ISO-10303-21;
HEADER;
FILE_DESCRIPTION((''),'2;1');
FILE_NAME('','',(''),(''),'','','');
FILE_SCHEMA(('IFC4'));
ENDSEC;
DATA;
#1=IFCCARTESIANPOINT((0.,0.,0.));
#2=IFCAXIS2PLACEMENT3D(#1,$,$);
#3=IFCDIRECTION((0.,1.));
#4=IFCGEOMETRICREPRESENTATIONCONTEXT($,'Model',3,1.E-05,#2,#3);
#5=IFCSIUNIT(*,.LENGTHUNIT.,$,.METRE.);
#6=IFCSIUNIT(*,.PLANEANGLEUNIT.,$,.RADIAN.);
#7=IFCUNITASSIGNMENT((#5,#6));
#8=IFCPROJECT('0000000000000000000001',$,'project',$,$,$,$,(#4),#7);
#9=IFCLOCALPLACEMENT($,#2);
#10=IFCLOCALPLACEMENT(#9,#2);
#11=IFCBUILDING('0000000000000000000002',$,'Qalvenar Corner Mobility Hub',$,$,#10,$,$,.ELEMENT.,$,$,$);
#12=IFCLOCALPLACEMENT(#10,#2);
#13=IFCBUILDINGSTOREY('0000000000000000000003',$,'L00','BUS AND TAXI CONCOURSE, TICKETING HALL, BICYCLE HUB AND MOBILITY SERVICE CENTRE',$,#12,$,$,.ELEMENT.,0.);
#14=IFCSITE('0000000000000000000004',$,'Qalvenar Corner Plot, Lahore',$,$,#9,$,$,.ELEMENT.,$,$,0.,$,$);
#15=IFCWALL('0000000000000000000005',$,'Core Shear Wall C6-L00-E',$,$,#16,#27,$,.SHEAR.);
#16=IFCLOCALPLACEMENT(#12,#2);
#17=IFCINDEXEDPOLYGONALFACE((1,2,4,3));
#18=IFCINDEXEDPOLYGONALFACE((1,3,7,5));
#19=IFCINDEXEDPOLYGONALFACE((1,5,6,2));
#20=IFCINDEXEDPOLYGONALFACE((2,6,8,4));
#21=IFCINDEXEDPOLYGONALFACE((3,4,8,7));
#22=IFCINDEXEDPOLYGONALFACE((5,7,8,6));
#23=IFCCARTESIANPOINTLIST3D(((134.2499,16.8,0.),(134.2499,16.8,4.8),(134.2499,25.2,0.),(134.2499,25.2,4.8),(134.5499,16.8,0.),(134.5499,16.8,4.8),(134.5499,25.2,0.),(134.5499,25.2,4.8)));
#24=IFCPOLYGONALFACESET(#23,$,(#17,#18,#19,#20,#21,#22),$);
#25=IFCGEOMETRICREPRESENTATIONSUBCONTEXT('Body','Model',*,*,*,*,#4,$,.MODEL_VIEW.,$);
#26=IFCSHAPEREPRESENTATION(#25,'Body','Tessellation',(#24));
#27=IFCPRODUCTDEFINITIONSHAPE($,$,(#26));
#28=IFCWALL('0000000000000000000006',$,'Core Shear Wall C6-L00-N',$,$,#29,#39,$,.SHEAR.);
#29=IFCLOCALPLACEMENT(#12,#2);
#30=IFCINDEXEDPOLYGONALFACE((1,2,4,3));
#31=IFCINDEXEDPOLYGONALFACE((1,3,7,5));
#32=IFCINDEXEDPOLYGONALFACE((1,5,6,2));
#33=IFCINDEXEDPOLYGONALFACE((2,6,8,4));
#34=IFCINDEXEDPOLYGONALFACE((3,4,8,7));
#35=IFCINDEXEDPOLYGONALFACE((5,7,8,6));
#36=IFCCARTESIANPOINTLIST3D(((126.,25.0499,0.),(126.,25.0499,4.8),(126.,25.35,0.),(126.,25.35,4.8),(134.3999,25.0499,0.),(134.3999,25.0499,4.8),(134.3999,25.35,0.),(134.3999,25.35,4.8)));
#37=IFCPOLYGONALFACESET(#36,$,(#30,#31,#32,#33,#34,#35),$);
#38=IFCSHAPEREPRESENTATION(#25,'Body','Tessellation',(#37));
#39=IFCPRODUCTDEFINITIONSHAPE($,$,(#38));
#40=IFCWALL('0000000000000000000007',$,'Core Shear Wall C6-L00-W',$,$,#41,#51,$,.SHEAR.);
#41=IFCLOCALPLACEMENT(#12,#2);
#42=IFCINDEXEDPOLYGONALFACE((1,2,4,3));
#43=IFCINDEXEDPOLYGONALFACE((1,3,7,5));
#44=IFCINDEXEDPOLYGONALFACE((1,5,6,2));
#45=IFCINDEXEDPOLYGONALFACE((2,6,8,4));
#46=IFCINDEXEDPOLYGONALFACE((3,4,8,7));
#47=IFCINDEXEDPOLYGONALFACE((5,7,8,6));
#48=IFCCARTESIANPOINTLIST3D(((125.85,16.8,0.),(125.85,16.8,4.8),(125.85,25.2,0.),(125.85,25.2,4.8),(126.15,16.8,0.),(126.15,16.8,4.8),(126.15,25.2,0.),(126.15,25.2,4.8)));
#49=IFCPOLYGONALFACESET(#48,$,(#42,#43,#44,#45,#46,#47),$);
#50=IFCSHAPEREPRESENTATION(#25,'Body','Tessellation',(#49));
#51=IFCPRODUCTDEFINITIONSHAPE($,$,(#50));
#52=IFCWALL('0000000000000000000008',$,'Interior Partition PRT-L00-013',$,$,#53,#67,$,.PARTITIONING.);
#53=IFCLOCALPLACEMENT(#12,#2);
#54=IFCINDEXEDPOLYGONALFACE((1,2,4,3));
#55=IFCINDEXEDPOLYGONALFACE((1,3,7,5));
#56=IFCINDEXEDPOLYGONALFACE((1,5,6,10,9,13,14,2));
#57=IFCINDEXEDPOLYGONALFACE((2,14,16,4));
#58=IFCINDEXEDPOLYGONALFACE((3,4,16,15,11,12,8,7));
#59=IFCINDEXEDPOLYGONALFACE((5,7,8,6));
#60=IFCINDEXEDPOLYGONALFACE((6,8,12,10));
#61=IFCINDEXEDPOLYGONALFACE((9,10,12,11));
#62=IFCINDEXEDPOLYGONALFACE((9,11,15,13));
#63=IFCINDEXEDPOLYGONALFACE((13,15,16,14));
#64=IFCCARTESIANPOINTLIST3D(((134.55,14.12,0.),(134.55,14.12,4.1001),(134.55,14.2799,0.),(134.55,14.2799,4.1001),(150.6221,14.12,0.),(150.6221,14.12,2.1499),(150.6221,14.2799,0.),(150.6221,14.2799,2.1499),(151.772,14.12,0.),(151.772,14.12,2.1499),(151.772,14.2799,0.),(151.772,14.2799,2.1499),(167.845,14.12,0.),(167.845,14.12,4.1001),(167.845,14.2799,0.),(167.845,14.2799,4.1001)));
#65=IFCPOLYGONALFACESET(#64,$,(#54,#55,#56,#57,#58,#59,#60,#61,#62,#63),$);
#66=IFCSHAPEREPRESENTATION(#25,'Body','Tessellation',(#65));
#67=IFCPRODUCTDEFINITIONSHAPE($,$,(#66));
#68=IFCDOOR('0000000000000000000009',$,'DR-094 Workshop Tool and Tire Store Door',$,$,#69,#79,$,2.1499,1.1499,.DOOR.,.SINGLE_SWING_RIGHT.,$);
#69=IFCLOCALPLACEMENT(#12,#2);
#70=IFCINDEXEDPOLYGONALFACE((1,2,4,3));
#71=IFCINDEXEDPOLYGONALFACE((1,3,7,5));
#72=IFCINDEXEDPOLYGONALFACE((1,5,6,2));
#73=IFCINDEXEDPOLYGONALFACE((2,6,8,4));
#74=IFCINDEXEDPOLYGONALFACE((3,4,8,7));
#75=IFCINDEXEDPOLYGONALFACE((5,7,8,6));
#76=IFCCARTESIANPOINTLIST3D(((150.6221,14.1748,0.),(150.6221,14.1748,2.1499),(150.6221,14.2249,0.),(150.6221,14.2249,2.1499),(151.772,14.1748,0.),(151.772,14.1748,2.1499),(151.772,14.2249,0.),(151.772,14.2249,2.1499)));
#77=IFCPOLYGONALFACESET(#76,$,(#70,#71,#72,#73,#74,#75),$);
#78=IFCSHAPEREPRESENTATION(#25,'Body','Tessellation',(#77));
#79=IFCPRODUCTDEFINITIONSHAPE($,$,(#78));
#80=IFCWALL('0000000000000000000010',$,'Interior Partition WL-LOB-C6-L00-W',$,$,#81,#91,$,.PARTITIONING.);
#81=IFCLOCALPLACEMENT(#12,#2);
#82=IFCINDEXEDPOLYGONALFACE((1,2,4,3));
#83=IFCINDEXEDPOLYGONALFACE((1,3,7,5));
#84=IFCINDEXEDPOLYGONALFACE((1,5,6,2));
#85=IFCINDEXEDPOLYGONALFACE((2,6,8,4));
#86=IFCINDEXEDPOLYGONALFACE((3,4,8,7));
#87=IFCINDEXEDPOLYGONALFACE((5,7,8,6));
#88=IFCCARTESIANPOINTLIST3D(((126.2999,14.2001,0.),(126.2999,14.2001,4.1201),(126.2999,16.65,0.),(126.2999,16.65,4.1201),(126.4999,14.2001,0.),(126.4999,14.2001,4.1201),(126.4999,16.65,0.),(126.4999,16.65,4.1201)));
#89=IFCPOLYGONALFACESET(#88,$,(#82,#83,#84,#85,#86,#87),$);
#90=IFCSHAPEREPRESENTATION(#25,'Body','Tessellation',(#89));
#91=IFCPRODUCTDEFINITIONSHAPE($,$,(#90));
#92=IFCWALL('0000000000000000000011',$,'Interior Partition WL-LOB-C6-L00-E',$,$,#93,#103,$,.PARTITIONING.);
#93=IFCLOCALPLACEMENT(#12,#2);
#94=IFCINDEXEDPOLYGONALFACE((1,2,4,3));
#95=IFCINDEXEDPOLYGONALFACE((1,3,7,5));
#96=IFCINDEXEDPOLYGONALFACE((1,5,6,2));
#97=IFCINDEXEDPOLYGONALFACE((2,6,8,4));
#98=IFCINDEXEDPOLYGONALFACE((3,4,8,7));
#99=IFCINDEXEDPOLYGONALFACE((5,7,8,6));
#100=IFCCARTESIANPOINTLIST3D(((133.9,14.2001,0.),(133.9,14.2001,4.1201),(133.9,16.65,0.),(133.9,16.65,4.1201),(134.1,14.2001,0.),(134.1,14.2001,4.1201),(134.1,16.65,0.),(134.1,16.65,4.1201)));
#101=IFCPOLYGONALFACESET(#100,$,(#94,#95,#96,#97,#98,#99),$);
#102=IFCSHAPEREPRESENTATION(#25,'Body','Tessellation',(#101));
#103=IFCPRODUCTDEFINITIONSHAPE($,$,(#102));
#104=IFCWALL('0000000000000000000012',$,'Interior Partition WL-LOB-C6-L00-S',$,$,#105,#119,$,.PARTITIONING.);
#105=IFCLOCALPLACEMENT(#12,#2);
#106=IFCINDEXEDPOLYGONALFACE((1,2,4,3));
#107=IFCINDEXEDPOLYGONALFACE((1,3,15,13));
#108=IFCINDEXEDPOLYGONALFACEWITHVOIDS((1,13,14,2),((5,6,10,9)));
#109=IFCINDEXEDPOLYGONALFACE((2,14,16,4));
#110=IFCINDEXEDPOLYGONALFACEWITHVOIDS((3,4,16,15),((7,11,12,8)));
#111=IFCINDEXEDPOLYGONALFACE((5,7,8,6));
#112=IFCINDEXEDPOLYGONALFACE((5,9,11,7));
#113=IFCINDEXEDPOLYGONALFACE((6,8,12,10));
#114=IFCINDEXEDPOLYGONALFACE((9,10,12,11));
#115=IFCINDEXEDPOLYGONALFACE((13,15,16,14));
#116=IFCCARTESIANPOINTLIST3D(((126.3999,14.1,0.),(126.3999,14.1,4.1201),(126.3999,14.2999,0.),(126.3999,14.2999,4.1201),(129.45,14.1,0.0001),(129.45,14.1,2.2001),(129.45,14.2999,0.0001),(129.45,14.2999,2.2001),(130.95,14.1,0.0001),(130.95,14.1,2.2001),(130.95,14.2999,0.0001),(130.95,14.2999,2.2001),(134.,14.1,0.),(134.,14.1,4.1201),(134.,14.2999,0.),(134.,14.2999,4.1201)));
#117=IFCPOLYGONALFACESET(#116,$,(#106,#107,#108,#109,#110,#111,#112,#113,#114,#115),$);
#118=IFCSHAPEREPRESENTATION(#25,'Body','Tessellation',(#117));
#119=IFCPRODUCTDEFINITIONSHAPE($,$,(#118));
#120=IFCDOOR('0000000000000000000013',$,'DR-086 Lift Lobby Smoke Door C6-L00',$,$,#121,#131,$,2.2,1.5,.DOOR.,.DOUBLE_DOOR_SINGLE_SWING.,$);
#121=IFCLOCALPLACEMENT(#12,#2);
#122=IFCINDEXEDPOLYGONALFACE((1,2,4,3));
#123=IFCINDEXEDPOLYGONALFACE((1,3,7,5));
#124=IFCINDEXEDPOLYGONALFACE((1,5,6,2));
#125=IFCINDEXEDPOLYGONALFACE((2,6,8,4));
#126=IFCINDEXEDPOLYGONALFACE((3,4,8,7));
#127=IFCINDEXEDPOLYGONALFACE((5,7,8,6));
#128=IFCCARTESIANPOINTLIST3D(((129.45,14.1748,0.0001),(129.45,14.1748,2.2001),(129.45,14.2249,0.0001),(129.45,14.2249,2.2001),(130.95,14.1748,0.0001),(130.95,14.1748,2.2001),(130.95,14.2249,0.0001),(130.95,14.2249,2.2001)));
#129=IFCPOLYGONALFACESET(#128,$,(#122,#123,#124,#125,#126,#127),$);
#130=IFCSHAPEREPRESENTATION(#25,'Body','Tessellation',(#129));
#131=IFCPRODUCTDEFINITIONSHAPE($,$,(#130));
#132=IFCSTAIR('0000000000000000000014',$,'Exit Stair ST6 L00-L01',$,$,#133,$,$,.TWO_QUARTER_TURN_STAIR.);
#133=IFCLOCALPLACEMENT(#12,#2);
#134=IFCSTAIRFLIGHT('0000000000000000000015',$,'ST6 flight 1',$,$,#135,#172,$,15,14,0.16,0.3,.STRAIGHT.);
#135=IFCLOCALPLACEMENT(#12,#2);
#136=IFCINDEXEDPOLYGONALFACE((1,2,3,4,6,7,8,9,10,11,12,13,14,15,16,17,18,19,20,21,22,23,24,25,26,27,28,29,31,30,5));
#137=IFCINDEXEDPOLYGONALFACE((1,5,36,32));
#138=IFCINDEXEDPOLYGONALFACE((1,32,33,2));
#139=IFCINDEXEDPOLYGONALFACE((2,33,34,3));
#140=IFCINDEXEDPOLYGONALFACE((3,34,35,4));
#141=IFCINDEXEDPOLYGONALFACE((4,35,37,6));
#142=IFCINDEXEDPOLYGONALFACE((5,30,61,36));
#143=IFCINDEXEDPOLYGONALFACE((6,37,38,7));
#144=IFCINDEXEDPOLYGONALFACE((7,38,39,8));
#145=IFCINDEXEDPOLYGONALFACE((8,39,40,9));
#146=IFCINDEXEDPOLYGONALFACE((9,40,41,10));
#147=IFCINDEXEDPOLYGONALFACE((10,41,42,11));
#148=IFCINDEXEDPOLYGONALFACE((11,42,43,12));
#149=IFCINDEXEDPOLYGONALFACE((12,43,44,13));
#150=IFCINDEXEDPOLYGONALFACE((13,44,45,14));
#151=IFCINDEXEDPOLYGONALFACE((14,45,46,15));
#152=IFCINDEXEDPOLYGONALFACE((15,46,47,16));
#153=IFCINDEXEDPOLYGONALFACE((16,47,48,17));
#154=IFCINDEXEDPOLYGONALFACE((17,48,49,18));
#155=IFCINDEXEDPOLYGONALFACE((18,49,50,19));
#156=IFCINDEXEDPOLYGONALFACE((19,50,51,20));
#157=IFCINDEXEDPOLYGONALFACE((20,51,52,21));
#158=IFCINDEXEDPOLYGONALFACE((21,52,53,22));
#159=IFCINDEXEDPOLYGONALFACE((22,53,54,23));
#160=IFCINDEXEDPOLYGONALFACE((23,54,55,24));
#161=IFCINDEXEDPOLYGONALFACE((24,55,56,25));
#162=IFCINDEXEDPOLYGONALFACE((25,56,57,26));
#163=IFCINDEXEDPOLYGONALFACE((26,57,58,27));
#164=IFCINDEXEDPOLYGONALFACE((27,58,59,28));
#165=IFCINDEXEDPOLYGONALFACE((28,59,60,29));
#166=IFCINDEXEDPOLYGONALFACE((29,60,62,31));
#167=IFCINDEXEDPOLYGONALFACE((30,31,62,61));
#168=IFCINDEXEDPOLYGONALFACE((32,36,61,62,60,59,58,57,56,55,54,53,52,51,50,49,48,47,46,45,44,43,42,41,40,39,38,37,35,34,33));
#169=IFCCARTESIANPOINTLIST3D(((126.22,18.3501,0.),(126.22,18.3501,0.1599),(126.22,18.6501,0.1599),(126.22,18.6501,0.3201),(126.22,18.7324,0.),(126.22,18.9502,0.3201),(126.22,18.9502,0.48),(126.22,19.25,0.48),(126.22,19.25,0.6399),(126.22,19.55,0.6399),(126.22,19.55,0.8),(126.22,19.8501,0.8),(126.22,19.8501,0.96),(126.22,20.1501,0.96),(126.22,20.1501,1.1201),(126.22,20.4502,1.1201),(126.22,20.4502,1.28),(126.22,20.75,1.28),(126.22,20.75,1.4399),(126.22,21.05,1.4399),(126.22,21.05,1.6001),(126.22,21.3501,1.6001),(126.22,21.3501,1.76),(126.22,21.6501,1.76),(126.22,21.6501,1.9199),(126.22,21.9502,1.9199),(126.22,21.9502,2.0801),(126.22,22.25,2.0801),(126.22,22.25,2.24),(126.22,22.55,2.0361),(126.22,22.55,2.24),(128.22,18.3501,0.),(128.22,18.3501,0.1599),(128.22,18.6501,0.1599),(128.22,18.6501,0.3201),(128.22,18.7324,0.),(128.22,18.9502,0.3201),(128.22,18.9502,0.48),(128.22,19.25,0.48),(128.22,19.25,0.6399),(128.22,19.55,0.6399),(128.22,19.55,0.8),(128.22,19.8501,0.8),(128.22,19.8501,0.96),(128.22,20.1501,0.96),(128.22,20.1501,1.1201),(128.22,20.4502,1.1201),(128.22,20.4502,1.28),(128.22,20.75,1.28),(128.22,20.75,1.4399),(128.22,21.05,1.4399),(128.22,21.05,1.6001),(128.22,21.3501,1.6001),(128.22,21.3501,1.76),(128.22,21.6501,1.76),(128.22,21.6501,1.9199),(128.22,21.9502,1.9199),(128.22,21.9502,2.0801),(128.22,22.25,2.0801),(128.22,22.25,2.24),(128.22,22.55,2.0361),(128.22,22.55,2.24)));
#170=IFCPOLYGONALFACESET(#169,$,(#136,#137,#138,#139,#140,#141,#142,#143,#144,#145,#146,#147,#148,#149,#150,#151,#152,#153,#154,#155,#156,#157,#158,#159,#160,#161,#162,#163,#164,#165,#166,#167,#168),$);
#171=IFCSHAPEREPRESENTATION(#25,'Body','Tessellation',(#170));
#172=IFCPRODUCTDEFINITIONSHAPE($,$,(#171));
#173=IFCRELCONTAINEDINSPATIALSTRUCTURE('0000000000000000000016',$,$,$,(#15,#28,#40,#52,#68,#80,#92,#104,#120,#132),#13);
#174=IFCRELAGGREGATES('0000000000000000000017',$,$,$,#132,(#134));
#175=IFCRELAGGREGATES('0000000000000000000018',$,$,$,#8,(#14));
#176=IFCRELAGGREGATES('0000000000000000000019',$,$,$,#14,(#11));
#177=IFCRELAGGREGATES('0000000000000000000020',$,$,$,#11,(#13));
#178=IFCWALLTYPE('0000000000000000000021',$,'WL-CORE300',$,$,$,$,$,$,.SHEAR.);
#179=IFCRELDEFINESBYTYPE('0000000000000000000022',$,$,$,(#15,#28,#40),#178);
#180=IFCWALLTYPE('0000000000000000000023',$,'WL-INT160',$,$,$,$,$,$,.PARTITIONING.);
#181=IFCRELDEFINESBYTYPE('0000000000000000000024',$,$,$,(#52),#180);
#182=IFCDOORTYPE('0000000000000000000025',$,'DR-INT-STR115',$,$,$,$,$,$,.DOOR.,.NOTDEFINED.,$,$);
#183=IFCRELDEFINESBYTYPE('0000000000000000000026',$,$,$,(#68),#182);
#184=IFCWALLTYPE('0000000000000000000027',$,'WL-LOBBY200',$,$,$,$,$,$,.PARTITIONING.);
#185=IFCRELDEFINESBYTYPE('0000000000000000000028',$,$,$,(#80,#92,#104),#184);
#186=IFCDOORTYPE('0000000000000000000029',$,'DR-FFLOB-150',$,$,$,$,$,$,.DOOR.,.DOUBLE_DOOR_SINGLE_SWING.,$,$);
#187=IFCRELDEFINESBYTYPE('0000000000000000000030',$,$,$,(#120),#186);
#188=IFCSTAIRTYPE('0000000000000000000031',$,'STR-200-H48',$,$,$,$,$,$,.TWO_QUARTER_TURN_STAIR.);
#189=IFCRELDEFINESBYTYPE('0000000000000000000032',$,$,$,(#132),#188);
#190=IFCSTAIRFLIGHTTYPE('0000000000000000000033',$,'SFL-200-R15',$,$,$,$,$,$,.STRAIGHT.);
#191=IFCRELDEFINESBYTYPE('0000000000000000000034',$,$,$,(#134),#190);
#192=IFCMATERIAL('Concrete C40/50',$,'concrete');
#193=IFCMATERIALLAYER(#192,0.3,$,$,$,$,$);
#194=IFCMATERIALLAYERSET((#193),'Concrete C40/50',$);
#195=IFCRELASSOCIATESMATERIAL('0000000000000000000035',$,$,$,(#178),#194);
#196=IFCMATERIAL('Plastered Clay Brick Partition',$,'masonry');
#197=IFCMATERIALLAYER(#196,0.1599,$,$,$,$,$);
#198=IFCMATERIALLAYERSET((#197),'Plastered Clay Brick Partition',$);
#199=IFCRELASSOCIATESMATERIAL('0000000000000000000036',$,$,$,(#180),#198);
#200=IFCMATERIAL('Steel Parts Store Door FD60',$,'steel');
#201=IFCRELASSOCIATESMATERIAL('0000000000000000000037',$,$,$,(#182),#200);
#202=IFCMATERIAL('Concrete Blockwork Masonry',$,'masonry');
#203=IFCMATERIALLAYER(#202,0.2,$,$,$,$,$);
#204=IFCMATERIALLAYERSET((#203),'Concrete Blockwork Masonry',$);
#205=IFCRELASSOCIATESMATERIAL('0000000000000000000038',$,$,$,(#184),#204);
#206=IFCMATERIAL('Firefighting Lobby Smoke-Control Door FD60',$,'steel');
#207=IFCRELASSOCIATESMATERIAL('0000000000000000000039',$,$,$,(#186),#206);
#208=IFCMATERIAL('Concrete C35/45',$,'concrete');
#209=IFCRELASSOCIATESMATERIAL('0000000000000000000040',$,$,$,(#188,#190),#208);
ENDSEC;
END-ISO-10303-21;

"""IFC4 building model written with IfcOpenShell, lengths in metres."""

from ifc_helpers import new_model, si_unit, direction, frame, frame_2d, origin, place, context, subcontext, project, spatial, polyline, rectangle, outline, extrude, material, layer, layer_set, type_object, element, fill, aggregate, save


model = new_model("IFC4")

# Units and contexts
model_context = context("Model", 3, precision=1e-05, world=origin(), true_north=direction((0.0, 1.0)))
body_context = subcontext(model_context, "Body", "Model", "MODEL_VIEW")
ifc_project = project(units=[si_unit("LENGTHUNIT", "METRE"), si_unit("PLANEANGLEUNIT", "RADIAN")], contexts=[model_context])

# Site, building, storey
site_placement = place(None, origin())
site = spatial("IfcSite", under=ifc_project, at=site_placement, Name="Qalvenar Corner Plot, Lahore", CompositionType="ELEMENT", RefElevation=0.0)
building_placement = place(site_placement, origin())
building = spatial("IfcBuilding", under=site, at=building_placement, Name="Qalvenar Corner Mobility Hub", CompositionType="ELEMENT")
storey_placement = place(building_placement, origin())
storey = spatial("IfcBuildingStorey", under=building, at=storey_placement, Name="L00", Description="BUS AND TAXI CONCOURSE, TICKETING HALL, BICYCLE HUB AND MOBILITY SERVICE CENTRE", CompositionType="ELEMENT", Elevation=0.0)

# Shared definitions
ifc_material_1 = material(Name="Concrete C40/50", Category="concrete")

# Shared definitions
ifc_layer_1 = layer(ifc_material_1, 0.3)
ifc_layer_set_1 = layer_set([ifc_layer_1], Name="Concrete C40/50")
wall_type_1 = type_object("IfcWallType", Name="WL-CORE300", PredefinedType="SHEAR", material=ifc_layer_set_1)

# Walls
for number, where, z_axis, x_axis, name in (
    (1, (134.3999, 16.8, 0.0), (0.0, 0.0, 1.0), (0.0, 1.0, 0.0), "Core Shear Wall C6-L00-E"),
    (2, (134.3999, 25.2, 0.0), (0.0, 0.0, 1.0), (-1.0, 0.0, 0.0), "Core Shear Wall C6-L00-N"),
    (3, (126.0, 25.2, 0.0), (0.0, 0.0, 1.0), (0.0, -1.0, 0.0), "Core Shear Wall C6-L00-W"),
):
    element("IfcWall", number, at=place(storey_placement, frame(where, z_axis=z_axis, x_axis=x_axis)), inside=storey, type_object=wall_type_1, Name=name, PredefinedType="SHEAR", context=body_context, shape_type="SweptSolid", body=[
        extrude(rectangle(XDim=8.3999, YDim=0.3, at=frame_2d((4.2, 0.0))), origin(), (0.0, 0.0, 1.0), 4.8),
    ])

# Wall, opening, door
ifc_material_2 = material(Name="Plastered Clay Brick Partition", Category="masonry")
ifc_layer_2 = layer(ifc_material_2, 0.1599)
ifc_layer_set_2 = layer_set([ifc_layer_2], Name="Plastered Clay Brick Partition")
wall_type_2 = type_object("IfcWallType", Name="WL-INT160", PredefinedType="PARTITIONING", material=ifc_layer_set_2)
wall_1_placement = place(storey_placement, frame((134.55, 14.2, 0.0), z_axis=(0.0, 0.0, 1.0), x_axis=(1.0, 0.0, 0.0)))
wall_1 = element("IfcWall", 4, at=wall_1_placement, inside=storey, type_object=wall_type_2, Name="Interior Partition PRT-L00-013", PredefinedType="PARTITIONING", context=body_context, shape_type="SweptSolid", body=[
    extrude(rectangle(XDim=33.2949, YDim=0.1599, at=frame_2d((16.6475, 0.0))), origin(), (0.0, 0.0, 1.0), 4.1001),
])
opening_1_placement = place(wall_1_placement, frame((16.072, 0.0, 0.0)))
opening_1 = element("IfcOpeningElement", 5, at=opening_1_placement, cuts=wall_1, PredefinedType="OPENING", context=body_context, shape_type="SweptSolid", body=[
    extrude(rectangle(XDim=1.1499, YDim=2.1499, at=frame_2d((0.575, 1.075))), frame((0.0, 0.0898, 0.0), z_axis=(0.0, -1.0, 0.0), x_axis=(1.0, 0.0, 0.0)), (0.0, 0.0, 1.0), 0.1799),
])
ifc_material_3 = material(Name="Steel Parts Store Door FD60", Category="steel")
door_type_1 = type_object("IfcDoorType", Name="DR-INT-STR115", OperationType="NOTDEFINED", PredefinedType="DOOR", material=ifc_material_3)
door_1_placement = place(opening_1_placement, origin())
door_1 = element("IfcDoor", 6, at=door_1_placement, inside=storey, type_object=door_type_1, Name="DR-094 Workshop Tool and Tire Store Door", OperationType="SINGLE_SWING_RIGHT", OverallHeight=2.1499, OverallWidth=1.1499, PredefinedType="DOOR", context=body_context, shape_type="SweptSolid", body=[
    extrude(rectangle(XDim=1.1499, YDim=2.1499, at=frame_2d((0.575, 1.075))), frame((0.0, 0.0249, 0.0), z_axis=(0.0, -1.0, 0.0), x_axis=(1.0, 0.0, 0.0)), (0.0, 0.0, 1.0), 0.05),
])
fill(opening_1, door_1)

# Walls
ifc_material_4 = material(Name="Concrete Blockwork Masonry", Category="masonry")
ifc_layer_3 = layer(ifc_material_4, 0.2)
ifc_layer_set_3 = layer_set([ifc_layer_3], Name="Concrete Blockwork Masonry")
wall_type_3 = type_object("IfcWallType", Name="WL-LOBBY200", PredefinedType="PARTITIONING", material=ifc_layer_set_3)
for number, where, z_axis, x_axis, name in (
    (7, (126.3999, 14.2, 0.0), (0.0, 0.0, 1.0), (0.0, 1.0, 0.0), "Interior Partition WL-LOB-C6-L00-W"),
    (8, (134.0, 14.2, 0.0), (0.0, 0.0, 1.0), (0.0, 1.0, 0.0), "Interior Partition WL-LOB-C6-L00-E"),
):
    element("IfcWall", number, at=place(storey_placement, frame(where, z_axis=z_axis, x_axis=x_axis)), inside=storey, type_object=wall_type_3, Name=name, PredefinedType="PARTITIONING", context=body_context, shape_type="SweptSolid", body=[
        extrude(rectangle(XDim=2.45, YDim=0.2, at=frame_2d((1.2251, 0.0))), origin(), (0.0, 0.0, 1.0), 4.1201),
    ])

# Wall, opening, door
wall_2_placement = place(storey_placement, frame((126.3999, 14.2, 0.0), z_axis=(0.0, 0.0, 1.0), x_axis=(1.0, 0.0, 0.0)))
wall_2 = element("IfcWall", 9, at=wall_2_placement, inside=storey, type_object=wall_type_3, Name="Interior Partition WL-LOB-C6-L00-S", PredefinedType="PARTITIONING", context=body_context, shape_type="SweptSolid", body=[
    extrude(rectangle(XDim=7.6001, YDim=0.2, at=frame_2d((3.8, 0.0))), origin(), (0.0, 0.0, 1.0), 4.1201),
])
opening_2_placement = place(wall_2_placement, frame((3.05, 0.0, 0.0)))
opening_2 = element("IfcOpeningElement", 10, at=opening_2_placement, cuts=wall_2, PredefinedType="OPENING", context=body_context, shape_type="SweptSolid", body=[
    extrude(rectangle(XDim=1.5, YDim=2.2, at=frame_2d((0.75, 1.1001))), frame((0.0, 0.1099, 0.0), z_axis=(0.0, -1.0, 0.0), x_axis=(1.0, 0.0, 0.0)), (0.0, 0.0, 1.0), 0.22),
])
ifc_material_5 = material(Name="Firefighting Lobby Smoke-Control Door FD60", Category="steel")
door_type_2 = type_object("IfcDoorType", Name="DR-FFLOB-150", OperationType="DOUBLE_DOOR_SINGLE_SWING", PredefinedType="DOOR", material=ifc_material_5)
door_2_placement = place(opening_2_placement, origin())
door_2 = element("IfcDoor", 11, at=door_2_placement, inside=storey, type_object=door_type_2, Name="DR-086 Lift Lobby Smoke Door C6-L00", OperationType="DOUBLE_DOOR_SINGLE_SWING", OverallHeight=2.2, OverallWidth=1.5, PredefinedType="DOOR", context=body_context, shape_type="SweptSolid", body=[
    extrude(rectangle(XDim=1.5, YDim=2.2, at=frame_2d((0.75, 1.1001))), frame((0.0, 0.0249, 0.0), z_axis=(0.0, -1.0, 0.0), x_axis=(1.0, 0.0, 0.0)), (0.0, 0.0, 1.0), 0.05),
])
fill(opening_2, door_2)

# Stair, stair flight
ifc_material_6 = material(Name="Concrete C35/45", Category="concrete")
stair_type = type_object("IfcStairType", Name="STR-200-H48", PredefinedType="TWO_QUARTER_TURN_STAIR", material=ifc_material_6)
stair_placement = place(storey_placement, origin())
stair = element("IfcStair", 12, at=stair_placement, inside=storey, type_object=stair_type, Name="Exit Stair ST6 L00-L01", PredefinedType="TWO_QUARTER_TURN_STAIR")
stair_flight_type = type_object("IfcStairFlightType", Name="SFL-200-R15", PredefinedType="STRAIGHT", material=ifc_material_6)
stair_flight_1_placement = place(storey_placement, frame((127.22, 18.3501, 0.0), z_axis=(0.0, 0.0, 1.0), x_axis=(0.0, 1.0, 0.0)))
stair_flight_1 = element("IfcStairFlight", 13, at=stair_flight_1_placement, type_object=stair_flight_type, Name="ST6 flight 1", NumberOfRisers=15, NumberOfTreads=14, PredefinedType="STRAIGHT", RiserHeight=0.16, TreadLength=0.3, context=body_context, shape_type="SweptSolid", body=[
    extrude(outline(polyline([(0.0, 0.0), (0.0, 0.1599), (0.3, 0.1599), (0.3, 0.3201), (0.6001, 0.3201), (0.6001, 0.48), (0.8999, 0.48), (0.8999, 0.6399), (1.2, 0.6399), (1.2, 0.8), (1.5, 0.8), (1.5, 0.96), (1.8, 0.96), (1.8, 1.1201), (2.1001, 1.1201), (2.1001, 1.28), (2.3999, 1.28), (2.3999, 1.4399), (2.7, 1.4399), (2.7, 1.6001), (3.0, 1.6001), (3.0, 1.76), (3.3, 1.76), (3.3, 1.9199), (3.6001, 1.9199), (3.6001, 2.0801), (3.8999, 2.0801), (3.8999, 2.24), (4.2, 2.24), (4.2, 2.3999), (4.2, 2.0361), (0.3823, 0.0), (0.0, 0.0)])), frame((0.0, 1.0, 0.0), z_axis=(0.0, -1.0, 0.0), x_axis=(1.0, 0.0, 0.0)), (0.0, 0.0, 1.0), 2.0),
])
aggregate(stair, [stair_flight_1])

save(model, "model.ifc")
